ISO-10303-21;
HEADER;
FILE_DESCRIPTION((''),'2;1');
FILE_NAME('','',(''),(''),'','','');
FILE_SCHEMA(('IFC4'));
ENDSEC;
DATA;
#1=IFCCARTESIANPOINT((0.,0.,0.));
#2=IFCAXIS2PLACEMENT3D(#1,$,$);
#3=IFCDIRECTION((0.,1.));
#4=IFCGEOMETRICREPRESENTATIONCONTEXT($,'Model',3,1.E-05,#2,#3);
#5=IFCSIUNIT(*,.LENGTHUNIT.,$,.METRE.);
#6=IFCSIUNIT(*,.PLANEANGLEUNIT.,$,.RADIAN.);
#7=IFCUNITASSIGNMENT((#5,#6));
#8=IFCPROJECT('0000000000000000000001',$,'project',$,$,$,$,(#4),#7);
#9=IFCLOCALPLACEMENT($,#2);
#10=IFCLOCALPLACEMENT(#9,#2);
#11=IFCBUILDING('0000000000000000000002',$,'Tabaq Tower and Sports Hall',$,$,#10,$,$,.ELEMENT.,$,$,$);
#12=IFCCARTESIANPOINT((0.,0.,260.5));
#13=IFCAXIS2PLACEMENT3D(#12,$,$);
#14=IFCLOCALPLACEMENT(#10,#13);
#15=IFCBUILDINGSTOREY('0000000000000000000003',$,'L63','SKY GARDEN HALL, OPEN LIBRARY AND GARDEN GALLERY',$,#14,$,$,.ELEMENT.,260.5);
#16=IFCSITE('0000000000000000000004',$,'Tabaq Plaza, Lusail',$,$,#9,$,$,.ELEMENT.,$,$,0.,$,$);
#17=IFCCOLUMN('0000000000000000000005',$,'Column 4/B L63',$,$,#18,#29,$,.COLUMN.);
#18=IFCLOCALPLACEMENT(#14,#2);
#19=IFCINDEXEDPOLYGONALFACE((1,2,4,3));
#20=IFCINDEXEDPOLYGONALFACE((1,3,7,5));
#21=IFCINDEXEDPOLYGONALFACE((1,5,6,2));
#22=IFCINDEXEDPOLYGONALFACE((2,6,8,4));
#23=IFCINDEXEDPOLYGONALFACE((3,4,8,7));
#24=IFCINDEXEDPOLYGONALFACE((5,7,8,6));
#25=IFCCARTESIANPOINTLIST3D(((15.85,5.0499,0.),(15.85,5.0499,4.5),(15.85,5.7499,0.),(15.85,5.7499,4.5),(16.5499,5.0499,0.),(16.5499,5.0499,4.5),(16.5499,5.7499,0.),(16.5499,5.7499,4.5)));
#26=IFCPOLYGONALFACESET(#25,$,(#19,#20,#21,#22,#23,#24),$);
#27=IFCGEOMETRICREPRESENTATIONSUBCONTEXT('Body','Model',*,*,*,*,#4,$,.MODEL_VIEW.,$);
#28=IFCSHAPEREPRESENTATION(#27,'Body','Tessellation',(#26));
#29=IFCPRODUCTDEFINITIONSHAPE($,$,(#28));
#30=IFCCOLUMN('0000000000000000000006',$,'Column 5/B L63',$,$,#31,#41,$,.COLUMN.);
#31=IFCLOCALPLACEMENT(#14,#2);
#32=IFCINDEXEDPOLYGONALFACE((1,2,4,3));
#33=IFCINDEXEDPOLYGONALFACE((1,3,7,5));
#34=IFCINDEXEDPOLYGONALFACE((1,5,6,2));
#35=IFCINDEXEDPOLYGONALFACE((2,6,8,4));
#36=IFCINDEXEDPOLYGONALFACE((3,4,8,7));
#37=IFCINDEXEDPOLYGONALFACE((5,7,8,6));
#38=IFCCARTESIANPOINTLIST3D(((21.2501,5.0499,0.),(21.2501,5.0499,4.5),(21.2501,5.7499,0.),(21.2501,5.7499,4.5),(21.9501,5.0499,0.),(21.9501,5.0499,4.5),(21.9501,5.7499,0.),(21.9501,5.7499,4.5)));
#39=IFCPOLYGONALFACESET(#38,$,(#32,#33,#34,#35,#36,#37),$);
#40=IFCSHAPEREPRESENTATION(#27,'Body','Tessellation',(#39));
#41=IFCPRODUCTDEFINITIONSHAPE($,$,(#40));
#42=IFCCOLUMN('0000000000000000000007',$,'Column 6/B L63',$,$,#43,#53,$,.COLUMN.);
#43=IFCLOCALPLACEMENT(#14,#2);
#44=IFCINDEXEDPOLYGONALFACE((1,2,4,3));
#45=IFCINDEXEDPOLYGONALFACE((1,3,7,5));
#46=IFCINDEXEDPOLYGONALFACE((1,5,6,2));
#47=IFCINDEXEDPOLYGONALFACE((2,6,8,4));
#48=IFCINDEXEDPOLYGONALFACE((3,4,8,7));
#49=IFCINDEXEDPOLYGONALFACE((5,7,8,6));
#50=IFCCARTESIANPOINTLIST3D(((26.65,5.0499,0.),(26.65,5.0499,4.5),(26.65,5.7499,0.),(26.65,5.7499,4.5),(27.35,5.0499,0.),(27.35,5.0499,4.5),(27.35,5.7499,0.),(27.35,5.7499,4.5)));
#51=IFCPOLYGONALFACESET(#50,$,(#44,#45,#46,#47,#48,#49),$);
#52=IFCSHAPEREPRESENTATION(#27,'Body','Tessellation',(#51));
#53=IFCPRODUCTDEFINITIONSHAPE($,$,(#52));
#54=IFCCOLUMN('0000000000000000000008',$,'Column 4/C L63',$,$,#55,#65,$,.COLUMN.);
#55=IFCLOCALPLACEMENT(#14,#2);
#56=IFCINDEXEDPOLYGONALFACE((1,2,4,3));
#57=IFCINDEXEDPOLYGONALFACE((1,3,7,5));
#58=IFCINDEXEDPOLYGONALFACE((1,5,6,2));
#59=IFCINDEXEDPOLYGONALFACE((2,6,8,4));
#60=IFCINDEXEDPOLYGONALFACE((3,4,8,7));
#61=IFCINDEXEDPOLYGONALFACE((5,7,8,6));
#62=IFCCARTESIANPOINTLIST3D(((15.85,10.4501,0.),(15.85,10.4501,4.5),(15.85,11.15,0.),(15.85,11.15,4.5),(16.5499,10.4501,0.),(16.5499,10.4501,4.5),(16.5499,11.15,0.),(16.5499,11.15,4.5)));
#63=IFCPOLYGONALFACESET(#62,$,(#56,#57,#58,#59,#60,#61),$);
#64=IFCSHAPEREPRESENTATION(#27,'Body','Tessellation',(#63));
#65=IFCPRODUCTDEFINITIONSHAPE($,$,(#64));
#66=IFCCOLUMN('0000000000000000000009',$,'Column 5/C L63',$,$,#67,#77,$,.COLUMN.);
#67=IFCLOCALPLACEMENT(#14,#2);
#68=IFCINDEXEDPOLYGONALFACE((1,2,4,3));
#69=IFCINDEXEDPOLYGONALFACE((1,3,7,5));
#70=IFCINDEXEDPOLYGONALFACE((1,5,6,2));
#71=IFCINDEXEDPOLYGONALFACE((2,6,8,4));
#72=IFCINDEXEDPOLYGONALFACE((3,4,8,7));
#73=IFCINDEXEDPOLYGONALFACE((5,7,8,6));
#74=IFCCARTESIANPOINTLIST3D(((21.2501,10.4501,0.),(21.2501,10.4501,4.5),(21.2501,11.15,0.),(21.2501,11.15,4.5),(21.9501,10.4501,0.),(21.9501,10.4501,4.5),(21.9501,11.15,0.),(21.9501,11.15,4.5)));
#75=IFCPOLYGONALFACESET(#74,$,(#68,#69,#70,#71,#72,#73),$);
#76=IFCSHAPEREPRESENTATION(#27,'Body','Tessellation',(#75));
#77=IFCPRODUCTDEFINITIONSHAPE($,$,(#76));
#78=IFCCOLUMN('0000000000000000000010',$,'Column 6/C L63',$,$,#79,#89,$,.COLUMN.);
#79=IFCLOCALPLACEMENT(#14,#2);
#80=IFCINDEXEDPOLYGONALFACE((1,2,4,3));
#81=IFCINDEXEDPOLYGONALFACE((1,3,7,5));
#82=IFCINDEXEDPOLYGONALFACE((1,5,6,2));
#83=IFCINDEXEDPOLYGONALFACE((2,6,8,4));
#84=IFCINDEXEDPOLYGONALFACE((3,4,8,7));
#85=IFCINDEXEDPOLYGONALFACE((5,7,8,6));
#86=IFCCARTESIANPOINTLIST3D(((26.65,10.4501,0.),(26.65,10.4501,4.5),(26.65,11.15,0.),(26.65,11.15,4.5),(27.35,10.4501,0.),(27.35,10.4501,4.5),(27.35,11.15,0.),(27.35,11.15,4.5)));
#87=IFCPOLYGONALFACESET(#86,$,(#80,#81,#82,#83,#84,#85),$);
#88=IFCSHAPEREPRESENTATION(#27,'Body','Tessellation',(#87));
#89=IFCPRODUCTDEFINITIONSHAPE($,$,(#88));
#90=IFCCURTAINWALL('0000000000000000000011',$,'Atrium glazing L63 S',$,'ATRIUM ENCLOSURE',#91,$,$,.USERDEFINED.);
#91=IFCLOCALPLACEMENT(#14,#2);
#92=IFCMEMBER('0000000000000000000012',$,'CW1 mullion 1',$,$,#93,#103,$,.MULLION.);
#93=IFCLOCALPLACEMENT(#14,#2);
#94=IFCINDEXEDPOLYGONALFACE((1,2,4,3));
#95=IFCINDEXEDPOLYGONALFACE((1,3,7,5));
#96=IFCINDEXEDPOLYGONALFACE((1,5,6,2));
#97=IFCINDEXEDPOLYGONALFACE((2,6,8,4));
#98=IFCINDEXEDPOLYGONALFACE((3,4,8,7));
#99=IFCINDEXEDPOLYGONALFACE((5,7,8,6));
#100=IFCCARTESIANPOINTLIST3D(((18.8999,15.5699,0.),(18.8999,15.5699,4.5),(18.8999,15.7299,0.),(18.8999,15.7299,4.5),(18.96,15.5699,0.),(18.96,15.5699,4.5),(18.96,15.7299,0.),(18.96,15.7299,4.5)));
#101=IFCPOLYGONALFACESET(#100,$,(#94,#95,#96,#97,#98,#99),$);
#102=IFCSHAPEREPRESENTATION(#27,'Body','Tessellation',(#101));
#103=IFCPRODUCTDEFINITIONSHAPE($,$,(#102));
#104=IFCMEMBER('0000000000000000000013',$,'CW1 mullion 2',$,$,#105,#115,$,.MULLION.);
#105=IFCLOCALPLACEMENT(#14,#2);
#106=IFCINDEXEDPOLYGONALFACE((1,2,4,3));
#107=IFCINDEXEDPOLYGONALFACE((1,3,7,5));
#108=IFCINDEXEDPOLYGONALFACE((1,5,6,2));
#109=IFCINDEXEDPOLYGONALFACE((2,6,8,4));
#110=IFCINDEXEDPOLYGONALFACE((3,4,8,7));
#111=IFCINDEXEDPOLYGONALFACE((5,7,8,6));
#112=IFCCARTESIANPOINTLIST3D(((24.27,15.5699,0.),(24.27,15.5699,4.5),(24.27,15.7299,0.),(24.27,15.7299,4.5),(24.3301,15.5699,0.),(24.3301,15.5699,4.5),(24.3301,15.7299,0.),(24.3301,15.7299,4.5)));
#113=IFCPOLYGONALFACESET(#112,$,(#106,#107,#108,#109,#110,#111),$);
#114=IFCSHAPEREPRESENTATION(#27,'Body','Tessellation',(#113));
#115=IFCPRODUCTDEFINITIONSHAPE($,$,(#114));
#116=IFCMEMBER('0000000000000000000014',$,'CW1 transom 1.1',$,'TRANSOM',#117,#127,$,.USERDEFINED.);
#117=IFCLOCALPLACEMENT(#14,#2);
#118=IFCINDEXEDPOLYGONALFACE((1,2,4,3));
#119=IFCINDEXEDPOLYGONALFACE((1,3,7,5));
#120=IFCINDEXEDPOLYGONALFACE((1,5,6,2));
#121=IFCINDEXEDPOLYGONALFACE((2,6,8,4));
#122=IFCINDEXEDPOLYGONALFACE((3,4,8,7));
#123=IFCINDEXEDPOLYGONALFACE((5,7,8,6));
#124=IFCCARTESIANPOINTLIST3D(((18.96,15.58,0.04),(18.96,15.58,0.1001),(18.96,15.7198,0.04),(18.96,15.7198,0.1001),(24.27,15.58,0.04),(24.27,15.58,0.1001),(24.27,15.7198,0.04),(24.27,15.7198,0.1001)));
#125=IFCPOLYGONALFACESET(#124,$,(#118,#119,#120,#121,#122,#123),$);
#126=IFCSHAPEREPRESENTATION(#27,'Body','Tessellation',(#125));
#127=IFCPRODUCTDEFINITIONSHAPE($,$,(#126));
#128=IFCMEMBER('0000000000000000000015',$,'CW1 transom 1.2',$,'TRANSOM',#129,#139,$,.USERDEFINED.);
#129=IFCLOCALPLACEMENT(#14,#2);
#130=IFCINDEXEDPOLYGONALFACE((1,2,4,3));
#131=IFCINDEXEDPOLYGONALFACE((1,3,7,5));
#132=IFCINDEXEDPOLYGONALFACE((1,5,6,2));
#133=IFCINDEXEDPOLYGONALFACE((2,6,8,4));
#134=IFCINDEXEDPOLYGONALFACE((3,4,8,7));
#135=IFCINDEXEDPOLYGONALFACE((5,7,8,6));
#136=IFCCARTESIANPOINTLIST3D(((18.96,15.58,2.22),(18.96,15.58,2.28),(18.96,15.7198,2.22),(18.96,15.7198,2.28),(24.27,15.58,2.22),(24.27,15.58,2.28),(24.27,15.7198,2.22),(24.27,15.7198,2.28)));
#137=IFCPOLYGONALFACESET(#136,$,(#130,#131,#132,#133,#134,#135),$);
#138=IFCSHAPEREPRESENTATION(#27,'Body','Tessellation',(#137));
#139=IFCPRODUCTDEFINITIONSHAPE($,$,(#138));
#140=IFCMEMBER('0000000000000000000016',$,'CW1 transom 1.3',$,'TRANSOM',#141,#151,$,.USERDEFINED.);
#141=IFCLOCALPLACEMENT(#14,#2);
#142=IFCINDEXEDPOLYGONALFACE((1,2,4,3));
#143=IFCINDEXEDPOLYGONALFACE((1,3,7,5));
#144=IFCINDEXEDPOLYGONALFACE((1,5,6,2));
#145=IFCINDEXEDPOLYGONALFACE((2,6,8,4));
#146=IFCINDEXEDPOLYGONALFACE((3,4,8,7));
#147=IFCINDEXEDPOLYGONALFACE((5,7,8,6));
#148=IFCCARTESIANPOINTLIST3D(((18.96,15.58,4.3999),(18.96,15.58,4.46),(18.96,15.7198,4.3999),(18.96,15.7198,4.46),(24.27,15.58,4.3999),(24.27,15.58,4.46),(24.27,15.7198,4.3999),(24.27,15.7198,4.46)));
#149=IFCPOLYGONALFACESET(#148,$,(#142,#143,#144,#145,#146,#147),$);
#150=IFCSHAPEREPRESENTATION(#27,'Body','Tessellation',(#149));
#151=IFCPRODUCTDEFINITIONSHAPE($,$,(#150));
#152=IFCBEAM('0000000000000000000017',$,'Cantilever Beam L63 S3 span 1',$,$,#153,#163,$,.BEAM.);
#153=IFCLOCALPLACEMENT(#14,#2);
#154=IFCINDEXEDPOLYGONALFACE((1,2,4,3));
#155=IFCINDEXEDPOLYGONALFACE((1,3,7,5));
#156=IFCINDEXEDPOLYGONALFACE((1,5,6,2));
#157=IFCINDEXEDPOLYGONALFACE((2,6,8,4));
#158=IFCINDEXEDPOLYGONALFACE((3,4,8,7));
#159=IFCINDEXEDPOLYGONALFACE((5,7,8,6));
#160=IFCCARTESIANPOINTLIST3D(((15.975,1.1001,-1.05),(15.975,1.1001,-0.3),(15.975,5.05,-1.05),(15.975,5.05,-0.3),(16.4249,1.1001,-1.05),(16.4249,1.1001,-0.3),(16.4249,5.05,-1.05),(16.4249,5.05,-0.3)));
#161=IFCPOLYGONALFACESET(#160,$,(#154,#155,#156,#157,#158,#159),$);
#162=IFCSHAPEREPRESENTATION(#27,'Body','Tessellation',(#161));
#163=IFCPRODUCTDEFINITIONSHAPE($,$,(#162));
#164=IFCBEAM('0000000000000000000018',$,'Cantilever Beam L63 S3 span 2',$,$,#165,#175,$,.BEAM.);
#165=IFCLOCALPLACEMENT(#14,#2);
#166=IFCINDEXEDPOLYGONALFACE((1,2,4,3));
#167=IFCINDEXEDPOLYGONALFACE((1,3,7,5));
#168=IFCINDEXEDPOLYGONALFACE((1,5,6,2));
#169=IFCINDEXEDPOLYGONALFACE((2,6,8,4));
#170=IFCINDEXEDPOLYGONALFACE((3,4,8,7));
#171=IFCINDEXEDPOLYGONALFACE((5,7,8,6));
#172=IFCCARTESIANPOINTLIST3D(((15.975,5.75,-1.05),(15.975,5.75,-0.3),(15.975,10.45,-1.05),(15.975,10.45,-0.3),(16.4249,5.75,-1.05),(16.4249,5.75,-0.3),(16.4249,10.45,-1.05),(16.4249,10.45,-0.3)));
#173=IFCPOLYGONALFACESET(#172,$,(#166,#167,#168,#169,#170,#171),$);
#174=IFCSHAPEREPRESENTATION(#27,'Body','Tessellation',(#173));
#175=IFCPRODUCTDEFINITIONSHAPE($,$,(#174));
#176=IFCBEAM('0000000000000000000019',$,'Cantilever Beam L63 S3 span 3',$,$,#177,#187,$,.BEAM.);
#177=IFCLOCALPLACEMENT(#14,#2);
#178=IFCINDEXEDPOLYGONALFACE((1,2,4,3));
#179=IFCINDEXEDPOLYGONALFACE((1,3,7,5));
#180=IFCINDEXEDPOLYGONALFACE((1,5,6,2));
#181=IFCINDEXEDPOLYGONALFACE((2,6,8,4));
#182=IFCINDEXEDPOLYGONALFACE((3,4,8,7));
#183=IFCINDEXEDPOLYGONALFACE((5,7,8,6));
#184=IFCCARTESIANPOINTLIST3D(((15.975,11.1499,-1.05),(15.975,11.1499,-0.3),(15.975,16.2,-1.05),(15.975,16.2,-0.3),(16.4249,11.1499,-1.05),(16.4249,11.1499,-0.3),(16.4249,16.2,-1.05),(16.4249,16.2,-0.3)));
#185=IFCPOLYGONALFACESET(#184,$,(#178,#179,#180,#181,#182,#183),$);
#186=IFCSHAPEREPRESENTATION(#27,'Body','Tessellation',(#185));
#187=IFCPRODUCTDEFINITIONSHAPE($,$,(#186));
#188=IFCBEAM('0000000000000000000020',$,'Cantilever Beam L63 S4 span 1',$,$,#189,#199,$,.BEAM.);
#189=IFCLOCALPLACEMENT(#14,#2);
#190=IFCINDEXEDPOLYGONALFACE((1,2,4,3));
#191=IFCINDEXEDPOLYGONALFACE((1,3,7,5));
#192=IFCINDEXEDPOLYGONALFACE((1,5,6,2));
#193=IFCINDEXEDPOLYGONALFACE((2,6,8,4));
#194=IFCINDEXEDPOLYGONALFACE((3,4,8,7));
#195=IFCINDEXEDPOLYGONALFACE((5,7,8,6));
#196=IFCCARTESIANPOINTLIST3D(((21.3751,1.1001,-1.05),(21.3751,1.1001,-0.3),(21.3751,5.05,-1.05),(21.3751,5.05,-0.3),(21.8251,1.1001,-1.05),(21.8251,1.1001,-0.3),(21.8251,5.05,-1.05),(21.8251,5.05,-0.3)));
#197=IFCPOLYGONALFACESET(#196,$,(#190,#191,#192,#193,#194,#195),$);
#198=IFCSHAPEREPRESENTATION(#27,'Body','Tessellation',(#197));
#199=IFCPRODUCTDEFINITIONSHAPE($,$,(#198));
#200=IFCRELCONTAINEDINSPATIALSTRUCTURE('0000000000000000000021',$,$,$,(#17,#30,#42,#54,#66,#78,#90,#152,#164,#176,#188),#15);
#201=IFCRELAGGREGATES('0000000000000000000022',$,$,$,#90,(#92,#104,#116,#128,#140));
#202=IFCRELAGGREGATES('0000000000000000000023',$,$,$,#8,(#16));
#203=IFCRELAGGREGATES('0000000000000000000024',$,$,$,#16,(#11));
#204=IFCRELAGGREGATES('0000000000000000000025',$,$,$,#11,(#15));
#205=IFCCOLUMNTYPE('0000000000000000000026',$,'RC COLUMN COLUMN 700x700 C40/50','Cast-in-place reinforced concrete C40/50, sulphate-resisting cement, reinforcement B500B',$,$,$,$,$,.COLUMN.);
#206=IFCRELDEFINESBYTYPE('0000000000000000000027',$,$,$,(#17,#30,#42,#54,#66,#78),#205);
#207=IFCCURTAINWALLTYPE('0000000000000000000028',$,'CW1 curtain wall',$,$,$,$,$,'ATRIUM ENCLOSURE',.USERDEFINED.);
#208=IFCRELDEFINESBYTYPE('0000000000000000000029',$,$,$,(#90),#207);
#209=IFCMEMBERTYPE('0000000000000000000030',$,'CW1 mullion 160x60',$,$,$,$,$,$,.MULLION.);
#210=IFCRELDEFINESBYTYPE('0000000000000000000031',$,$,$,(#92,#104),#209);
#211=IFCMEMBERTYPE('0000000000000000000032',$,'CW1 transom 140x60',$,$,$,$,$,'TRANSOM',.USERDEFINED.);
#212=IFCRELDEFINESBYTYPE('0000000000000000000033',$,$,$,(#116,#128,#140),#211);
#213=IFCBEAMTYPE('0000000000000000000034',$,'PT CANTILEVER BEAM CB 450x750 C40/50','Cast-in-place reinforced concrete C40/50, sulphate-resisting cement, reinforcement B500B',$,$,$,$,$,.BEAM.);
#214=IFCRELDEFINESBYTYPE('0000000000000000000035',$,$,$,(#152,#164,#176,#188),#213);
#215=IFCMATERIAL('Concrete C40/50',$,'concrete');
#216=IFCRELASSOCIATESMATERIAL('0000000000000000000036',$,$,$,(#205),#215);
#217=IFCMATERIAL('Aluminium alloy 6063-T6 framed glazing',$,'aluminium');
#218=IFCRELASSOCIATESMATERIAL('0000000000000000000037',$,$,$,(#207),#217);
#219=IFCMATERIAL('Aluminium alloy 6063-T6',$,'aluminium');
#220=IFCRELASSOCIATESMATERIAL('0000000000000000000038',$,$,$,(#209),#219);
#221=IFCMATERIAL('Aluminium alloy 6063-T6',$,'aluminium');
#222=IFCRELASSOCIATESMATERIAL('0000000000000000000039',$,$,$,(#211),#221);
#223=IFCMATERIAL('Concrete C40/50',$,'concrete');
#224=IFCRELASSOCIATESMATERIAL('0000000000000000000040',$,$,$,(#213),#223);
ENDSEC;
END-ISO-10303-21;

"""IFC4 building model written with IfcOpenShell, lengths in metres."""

from ifc_helpers import new_model, si_unit, direction, frame, origin, origin_2d, place, context, subcontext, project, spatial, rectangle, extrude, material, material_profile, profile_set, type_object, element, aggregate, save


model = new_model("IFC4")

# Units and contexts
model_context = context("Model", 3, precision=1e-05, world=origin(), true_north=direction((0.0, 1.0)))
body_context = subcontext(model_context, "Body", "Model", "MODEL_VIEW")
ifc_project = project(units=[si_unit("LENGTHUNIT", "METRE"), si_unit("PLANEANGLEUNIT", "RADIAN")], contexts=[model_context])

# Site, building, storey
site_placement = place(None, origin())
site = spatial("IfcSite", under=ifc_project, at=site_placement, Name="Tabaq Plaza, Lusail", CompositionType="ELEMENT", RefElevation=0.0)
building_placement = place(site_placement, origin())
building = spatial("IfcBuilding", under=site, at=building_placement, Name="Tabaq Tower and Sports Hall", CompositionType="ELEMENT")
storey_placement = place(building_placement, frame((0.0, 0.0, 260.5)))
storey = spatial("IfcBuildingStorey", under=building, at=storey_placement, Name="L63", Description="SKY GARDEN HALL, OPEN LIBRARY AND GARDEN GALLERY", CompositionType="ELEMENT", Elevation=260.5)

# Columns
ifc_material_1 = material(Name="Concrete C40/50", Category="concrete")
ifc_material_profile_1 = material_profile(ifc_material_1, rectangle(XDim=0.7, YDim=0.7, at=origin_2d()), Name="COLUMN 700x700")
ifc_profile_set_1 = profile_set([ifc_material_profile_1], Name="Concrete C40/50")
column_type = type_object("IfcColumnType", Name="RC COLUMN COLUMN 700x700 C40/50", Description="Cast-in-place reinforced concrete C40/50, sulphate-resisting cement, reinforcement B500B", PredefinedType="COLUMN", material=ifc_profile_set_1)
for number, where, z_axis, x_axis, name in (
    (1, (16.2, 5.3999, 0.0), (0.0, 0.0, 1.0), (1.0, 0.0, 0.0), "Column 4/B L63"),
    (2, (21.6001, 5.3999, 0.0), (0.0, 0.0, 1.0), (1.0, 0.0, 0.0), "Column 5/B L63"),
    (3, (27.0, 5.3999, 0.0), (0.0, 0.0, 1.0), (1.0, 0.0, 0.0), "Column 6/B L63"),
    (4, (16.2, 10.8, 0.0), (0.0, 0.0, 1.0), (1.0, 0.0, 0.0), "Column 4/C L63"),
    (5, (21.6001, 10.8, 0.0), (0.0, 0.0, 1.0), (1.0, 0.0, 0.0), "Column 5/C L63"),
    (6, (27.0, 10.8, 0.0), (0.0, 0.0, 1.0), (1.0, 0.0, 0.0), "Column 6/C L63"),
):
    element("IfcColumn", number, at=place(storey_placement, frame(where, z_axis=z_axis, x_axis=x_axis)), inside=storey, type_object=column_type, Name=name, PredefinedType="COLUMN", context=body_context, shape_type="SweptSolid", body=[
        extrude(rectangle(XDim=0.7, YDim=0.7, at=origin_2d()), origin(), (0.0, 0.0, 1.0), 4.5),
    ])

# Curtain wall, members
ifc_material_2 = material(Name="Aluminium alloy 6063-T6 framed glazing", Category="aluminium")
curtain_wall_type = type_object("IfcCurtainWallType", Name="CW1 curtain wall", ElementType="ATRIUM ENCLOSURE", PredefinedType="USERDEFINED", material=ifc_material_2)
curtain_wall_placement = place(storey_placement, origin())
curtain_wall = element("IfcCurtainWall", 7, at=curtain_wall_placement, inside=storey, type_object=curtain_wall_type, Name="Atrium glazing L63 S", ObjectType="ATRIUM ENCLOSURE", PredefinedType="USERDEFINED")
ifc_material_3 = material(Name="Aluminium alloy 6063-T6", Category="aluminium")
ifc_material_profile_2 = material_profile(ifc_material_3, rectangle(XDim=0.1599, YDim=0.0601, at=origin_2d()), Name="MULLION 160x60")
ifc_profile_set_2 = profile_set([ifc_material_profile_2], Name="Aluminium alloy 6063-T6")
member_type_1 = type_object("IfcMemberType", Name="CW1 mullion 160x60", PredefinedType="MULLION", material=ifc_profile_set_2)
member_1_placement = place(storey_placement, frame((18.9299, 15.6499, 0.0), z_axis=(0.0, 0.0, 1.0), x_axis=(0.0, 1.0, 0.0)))
member_1 = element("IfcMember", 8, at=member_1_placement, type_object=member_type_1, Name="CW1 mullion 1", PredefinedType="MULLION", context=body_context, shape_type="SweptSolid", body=[
    extrude(rectangle(XDim=0.1599, YDim=0.0601, at=origin_2d()), origin(), (0.0, 0.0, 1.0), 4.5),
])
member_2_placement = place(storey_placement, frame((24.3, 15.6499, 0.0), z_axis=(0.0, 0.0, 1.0), x_axis=(0.0, 1.0, 0.0)))
member_2 = element("IfcMember", 9, at=member_2_placement, type_object=member_type_1, Name="CW1 mullion 2", PredefinedType="MULLION", context=body_context, shape_type="SweptSolid", body=[
    extrude(rectangle(XDim=0.1599, YDim=0.0601, at=origin_2d()), origin(), (0.0, 0.0, 1.0), 4.5),
])
ifc_material_4 = material(Name="Aluminium alloy 6063-T6", Category="aluminium")
ifc_material_profile_3 = material_profile(ifc_material_4, rectangle(XDim=0.1399, YDim=0.0601, at=origin_2d()), Name="TRANSOM 140x60")
ifc_profile_set_3 = profile_set([ifc_material_profile_3], Name="Aluminium alloy 6063-T6")
member_type_2 = type_object("IfcMemberType", Name="CW1 transom 140x60", ElementType="TRANSOM", PredefinedType="USERDEFINED", material=ifc_profile_set_3)
member_3_placement = place(storey_placement, frame((18.96, 15.6499, 0.0701), z_axis=(1.0, 0.0, 0.0), x_axis=(0.0, 1.0, 0.0)))
member_3 = element("IfcMember", 10, at=member_3_placement, type_object=member_type_2, Name="CW1 transom 1.1", ObjectType="TRANSOM", PredefinedType="USERDEFINED", context=body_context, shape_type="SweptSolid", body=[
    extrude(rectangle(XDim=0.1399, YDim=0.0601, at=origin_2d()), origin(), (0.0, 0.0, 1.0), 5.3101),
])
member_4_placement = place(storey_placement, frame((18.96, 15.6499, 2.25), z_axis=(1.0, 0.0, 0.0), x_axis=(0.0, 1.0, 0.0)))
member_4 = element("IfcMember", 11, at=member_4_placement, type_object=member_type_2, Name="CW1 transom 1.2", ObjectType="TRANSOM", PredefinedType="USERDEFINED", context=body_context, shape_type="SweptSolid", body=[
    extrude(rectangle(XDim=0.1399, YDim=0.0601, at=origin_2d()), origin(), (0.0, 0.0, 1.0), 5.3101),
])
member_5_placement = place(storey_placement, frame((18.96, 15.6499, 4.4299), z_axis=(1.0, 0.0, 0.0), x_axis=(0.0, 1.0, 0.0)))
member_5 = element("IfcMember", 12, at=member_5_placement, type_object=member_type_2, Name="CW1 transom 1.3", ObjectType="TRANSOM", PredefinedType="USERDEFINED", context=body_context, shape_type="SweptSolid", body=[
    extrude(rectangle(XDim=0.1399, YDim=0.0601, at=origin_2d()), origin(), (0.0, 0.0, 1.0), 5.3101),
])

# Beams
ifc_material_5 = material(Name="Concrete C40/50", Category="concrete")
ifc_material_profile_4 = material_profile(ifc_material_5, rectangle(XDim=0.45, YDim=0.75, at=origin_2d()), Name="CB 450x750")
ifc_profile_set_4 = profile_set([ifc_material_profile_4], Name="Concrete C40/50")
beam_type = type_object("IfcBeamType", Name="PT CANTILEVER BEAM CB 450x750 C40/50", Description="Cast-in-place reinforced concrete C40/50, sulphate-resisting cement, reinforcement B500B", PredefinedType="BEAM", material=ifc_profile_set_4)
beam_1_placement = place(storey_placement, frame((16.2, 1.1001, -0.675), z_axis=(0.0, 1.0, 0.0), x_axis=(-1.0, 0.0, 0.0)))
element("IfcBeam", 13, at=beam_1_placement, inside=storey, type_object=beam_type, Name="Cantilever Beam L63 S3 span 1", PredefinedType="BEAM", context=body_context, shape_type="SweptSolid", body=[
    extrude(rectangle(XDim=0.45, YDim=0.75, at=origin_2d()), origin(), (0.0, 0.0, 1.0), 3.95),
])
beam_2_placement = place(storey_placement, frame((16.2, 5.75, -0.675), z_axis=(0.0, 1.0, 0.0), x_axis=(-1.0, 0.0, 0.0)))
element("IfcBeam", 14, at=beam_2_placement, inside=storey, type_object=beam_type, Name="Cantilever Beam L63 S3 span 2", PredefinedType="BEAM", context=body_context, shape_type="SweptSolid", body=[
    extrude(rectangle(XDim=0.45, YDim=0.75, at=origin_2d()), origin(), (0.0, 0.0, 1.0), 4.7),
])
beam_3_placement = place(storey_placement, frame((16.2, 11.1499, -0.675), z_axis=(0.0, 1.0, 0.0), x_axis=(-1.0, 0.0, 0.0)))
element("IfcBeam", 15, at=beam_3_placement, inside=storey, type_object=beam_type, Name="Cantilever Beam L63 S3 span 3", PredefinedType="BEAM", context=body_context, shape_type="SweptSolid", body=[
    extrude(rectangle(XDim=0.45, YDim=0.75, at=origin_2d()), origin(), (0.0, 0.0, 1.0), 5.05),
])
beam_4_placement = place(storey_placement, frame((21.6001, 1.1001, -0.675), z_axis=(0.0, 1.0, 0.0), x_axis=(-1.0, 0.0, 0.0)))
element("IfcBeam", 16, at=beam_4_placement, inside=storey, type_object=beam_type, Name="Cantilever Beam L63 S4 span 1", PredefinedType="BEAM", context=body_context, shape_type="SweptSolid", body=[
    extrude(rectangle(XDim=0.45, YDim=0.75, at=origin_2d()), origin(), (0.0, 0.0, 1.0), 3.95),
])

aggregate(curtain_wall, [member_1, member_2, member_3, member_4, member_5])

save(model, "model.ifc")
